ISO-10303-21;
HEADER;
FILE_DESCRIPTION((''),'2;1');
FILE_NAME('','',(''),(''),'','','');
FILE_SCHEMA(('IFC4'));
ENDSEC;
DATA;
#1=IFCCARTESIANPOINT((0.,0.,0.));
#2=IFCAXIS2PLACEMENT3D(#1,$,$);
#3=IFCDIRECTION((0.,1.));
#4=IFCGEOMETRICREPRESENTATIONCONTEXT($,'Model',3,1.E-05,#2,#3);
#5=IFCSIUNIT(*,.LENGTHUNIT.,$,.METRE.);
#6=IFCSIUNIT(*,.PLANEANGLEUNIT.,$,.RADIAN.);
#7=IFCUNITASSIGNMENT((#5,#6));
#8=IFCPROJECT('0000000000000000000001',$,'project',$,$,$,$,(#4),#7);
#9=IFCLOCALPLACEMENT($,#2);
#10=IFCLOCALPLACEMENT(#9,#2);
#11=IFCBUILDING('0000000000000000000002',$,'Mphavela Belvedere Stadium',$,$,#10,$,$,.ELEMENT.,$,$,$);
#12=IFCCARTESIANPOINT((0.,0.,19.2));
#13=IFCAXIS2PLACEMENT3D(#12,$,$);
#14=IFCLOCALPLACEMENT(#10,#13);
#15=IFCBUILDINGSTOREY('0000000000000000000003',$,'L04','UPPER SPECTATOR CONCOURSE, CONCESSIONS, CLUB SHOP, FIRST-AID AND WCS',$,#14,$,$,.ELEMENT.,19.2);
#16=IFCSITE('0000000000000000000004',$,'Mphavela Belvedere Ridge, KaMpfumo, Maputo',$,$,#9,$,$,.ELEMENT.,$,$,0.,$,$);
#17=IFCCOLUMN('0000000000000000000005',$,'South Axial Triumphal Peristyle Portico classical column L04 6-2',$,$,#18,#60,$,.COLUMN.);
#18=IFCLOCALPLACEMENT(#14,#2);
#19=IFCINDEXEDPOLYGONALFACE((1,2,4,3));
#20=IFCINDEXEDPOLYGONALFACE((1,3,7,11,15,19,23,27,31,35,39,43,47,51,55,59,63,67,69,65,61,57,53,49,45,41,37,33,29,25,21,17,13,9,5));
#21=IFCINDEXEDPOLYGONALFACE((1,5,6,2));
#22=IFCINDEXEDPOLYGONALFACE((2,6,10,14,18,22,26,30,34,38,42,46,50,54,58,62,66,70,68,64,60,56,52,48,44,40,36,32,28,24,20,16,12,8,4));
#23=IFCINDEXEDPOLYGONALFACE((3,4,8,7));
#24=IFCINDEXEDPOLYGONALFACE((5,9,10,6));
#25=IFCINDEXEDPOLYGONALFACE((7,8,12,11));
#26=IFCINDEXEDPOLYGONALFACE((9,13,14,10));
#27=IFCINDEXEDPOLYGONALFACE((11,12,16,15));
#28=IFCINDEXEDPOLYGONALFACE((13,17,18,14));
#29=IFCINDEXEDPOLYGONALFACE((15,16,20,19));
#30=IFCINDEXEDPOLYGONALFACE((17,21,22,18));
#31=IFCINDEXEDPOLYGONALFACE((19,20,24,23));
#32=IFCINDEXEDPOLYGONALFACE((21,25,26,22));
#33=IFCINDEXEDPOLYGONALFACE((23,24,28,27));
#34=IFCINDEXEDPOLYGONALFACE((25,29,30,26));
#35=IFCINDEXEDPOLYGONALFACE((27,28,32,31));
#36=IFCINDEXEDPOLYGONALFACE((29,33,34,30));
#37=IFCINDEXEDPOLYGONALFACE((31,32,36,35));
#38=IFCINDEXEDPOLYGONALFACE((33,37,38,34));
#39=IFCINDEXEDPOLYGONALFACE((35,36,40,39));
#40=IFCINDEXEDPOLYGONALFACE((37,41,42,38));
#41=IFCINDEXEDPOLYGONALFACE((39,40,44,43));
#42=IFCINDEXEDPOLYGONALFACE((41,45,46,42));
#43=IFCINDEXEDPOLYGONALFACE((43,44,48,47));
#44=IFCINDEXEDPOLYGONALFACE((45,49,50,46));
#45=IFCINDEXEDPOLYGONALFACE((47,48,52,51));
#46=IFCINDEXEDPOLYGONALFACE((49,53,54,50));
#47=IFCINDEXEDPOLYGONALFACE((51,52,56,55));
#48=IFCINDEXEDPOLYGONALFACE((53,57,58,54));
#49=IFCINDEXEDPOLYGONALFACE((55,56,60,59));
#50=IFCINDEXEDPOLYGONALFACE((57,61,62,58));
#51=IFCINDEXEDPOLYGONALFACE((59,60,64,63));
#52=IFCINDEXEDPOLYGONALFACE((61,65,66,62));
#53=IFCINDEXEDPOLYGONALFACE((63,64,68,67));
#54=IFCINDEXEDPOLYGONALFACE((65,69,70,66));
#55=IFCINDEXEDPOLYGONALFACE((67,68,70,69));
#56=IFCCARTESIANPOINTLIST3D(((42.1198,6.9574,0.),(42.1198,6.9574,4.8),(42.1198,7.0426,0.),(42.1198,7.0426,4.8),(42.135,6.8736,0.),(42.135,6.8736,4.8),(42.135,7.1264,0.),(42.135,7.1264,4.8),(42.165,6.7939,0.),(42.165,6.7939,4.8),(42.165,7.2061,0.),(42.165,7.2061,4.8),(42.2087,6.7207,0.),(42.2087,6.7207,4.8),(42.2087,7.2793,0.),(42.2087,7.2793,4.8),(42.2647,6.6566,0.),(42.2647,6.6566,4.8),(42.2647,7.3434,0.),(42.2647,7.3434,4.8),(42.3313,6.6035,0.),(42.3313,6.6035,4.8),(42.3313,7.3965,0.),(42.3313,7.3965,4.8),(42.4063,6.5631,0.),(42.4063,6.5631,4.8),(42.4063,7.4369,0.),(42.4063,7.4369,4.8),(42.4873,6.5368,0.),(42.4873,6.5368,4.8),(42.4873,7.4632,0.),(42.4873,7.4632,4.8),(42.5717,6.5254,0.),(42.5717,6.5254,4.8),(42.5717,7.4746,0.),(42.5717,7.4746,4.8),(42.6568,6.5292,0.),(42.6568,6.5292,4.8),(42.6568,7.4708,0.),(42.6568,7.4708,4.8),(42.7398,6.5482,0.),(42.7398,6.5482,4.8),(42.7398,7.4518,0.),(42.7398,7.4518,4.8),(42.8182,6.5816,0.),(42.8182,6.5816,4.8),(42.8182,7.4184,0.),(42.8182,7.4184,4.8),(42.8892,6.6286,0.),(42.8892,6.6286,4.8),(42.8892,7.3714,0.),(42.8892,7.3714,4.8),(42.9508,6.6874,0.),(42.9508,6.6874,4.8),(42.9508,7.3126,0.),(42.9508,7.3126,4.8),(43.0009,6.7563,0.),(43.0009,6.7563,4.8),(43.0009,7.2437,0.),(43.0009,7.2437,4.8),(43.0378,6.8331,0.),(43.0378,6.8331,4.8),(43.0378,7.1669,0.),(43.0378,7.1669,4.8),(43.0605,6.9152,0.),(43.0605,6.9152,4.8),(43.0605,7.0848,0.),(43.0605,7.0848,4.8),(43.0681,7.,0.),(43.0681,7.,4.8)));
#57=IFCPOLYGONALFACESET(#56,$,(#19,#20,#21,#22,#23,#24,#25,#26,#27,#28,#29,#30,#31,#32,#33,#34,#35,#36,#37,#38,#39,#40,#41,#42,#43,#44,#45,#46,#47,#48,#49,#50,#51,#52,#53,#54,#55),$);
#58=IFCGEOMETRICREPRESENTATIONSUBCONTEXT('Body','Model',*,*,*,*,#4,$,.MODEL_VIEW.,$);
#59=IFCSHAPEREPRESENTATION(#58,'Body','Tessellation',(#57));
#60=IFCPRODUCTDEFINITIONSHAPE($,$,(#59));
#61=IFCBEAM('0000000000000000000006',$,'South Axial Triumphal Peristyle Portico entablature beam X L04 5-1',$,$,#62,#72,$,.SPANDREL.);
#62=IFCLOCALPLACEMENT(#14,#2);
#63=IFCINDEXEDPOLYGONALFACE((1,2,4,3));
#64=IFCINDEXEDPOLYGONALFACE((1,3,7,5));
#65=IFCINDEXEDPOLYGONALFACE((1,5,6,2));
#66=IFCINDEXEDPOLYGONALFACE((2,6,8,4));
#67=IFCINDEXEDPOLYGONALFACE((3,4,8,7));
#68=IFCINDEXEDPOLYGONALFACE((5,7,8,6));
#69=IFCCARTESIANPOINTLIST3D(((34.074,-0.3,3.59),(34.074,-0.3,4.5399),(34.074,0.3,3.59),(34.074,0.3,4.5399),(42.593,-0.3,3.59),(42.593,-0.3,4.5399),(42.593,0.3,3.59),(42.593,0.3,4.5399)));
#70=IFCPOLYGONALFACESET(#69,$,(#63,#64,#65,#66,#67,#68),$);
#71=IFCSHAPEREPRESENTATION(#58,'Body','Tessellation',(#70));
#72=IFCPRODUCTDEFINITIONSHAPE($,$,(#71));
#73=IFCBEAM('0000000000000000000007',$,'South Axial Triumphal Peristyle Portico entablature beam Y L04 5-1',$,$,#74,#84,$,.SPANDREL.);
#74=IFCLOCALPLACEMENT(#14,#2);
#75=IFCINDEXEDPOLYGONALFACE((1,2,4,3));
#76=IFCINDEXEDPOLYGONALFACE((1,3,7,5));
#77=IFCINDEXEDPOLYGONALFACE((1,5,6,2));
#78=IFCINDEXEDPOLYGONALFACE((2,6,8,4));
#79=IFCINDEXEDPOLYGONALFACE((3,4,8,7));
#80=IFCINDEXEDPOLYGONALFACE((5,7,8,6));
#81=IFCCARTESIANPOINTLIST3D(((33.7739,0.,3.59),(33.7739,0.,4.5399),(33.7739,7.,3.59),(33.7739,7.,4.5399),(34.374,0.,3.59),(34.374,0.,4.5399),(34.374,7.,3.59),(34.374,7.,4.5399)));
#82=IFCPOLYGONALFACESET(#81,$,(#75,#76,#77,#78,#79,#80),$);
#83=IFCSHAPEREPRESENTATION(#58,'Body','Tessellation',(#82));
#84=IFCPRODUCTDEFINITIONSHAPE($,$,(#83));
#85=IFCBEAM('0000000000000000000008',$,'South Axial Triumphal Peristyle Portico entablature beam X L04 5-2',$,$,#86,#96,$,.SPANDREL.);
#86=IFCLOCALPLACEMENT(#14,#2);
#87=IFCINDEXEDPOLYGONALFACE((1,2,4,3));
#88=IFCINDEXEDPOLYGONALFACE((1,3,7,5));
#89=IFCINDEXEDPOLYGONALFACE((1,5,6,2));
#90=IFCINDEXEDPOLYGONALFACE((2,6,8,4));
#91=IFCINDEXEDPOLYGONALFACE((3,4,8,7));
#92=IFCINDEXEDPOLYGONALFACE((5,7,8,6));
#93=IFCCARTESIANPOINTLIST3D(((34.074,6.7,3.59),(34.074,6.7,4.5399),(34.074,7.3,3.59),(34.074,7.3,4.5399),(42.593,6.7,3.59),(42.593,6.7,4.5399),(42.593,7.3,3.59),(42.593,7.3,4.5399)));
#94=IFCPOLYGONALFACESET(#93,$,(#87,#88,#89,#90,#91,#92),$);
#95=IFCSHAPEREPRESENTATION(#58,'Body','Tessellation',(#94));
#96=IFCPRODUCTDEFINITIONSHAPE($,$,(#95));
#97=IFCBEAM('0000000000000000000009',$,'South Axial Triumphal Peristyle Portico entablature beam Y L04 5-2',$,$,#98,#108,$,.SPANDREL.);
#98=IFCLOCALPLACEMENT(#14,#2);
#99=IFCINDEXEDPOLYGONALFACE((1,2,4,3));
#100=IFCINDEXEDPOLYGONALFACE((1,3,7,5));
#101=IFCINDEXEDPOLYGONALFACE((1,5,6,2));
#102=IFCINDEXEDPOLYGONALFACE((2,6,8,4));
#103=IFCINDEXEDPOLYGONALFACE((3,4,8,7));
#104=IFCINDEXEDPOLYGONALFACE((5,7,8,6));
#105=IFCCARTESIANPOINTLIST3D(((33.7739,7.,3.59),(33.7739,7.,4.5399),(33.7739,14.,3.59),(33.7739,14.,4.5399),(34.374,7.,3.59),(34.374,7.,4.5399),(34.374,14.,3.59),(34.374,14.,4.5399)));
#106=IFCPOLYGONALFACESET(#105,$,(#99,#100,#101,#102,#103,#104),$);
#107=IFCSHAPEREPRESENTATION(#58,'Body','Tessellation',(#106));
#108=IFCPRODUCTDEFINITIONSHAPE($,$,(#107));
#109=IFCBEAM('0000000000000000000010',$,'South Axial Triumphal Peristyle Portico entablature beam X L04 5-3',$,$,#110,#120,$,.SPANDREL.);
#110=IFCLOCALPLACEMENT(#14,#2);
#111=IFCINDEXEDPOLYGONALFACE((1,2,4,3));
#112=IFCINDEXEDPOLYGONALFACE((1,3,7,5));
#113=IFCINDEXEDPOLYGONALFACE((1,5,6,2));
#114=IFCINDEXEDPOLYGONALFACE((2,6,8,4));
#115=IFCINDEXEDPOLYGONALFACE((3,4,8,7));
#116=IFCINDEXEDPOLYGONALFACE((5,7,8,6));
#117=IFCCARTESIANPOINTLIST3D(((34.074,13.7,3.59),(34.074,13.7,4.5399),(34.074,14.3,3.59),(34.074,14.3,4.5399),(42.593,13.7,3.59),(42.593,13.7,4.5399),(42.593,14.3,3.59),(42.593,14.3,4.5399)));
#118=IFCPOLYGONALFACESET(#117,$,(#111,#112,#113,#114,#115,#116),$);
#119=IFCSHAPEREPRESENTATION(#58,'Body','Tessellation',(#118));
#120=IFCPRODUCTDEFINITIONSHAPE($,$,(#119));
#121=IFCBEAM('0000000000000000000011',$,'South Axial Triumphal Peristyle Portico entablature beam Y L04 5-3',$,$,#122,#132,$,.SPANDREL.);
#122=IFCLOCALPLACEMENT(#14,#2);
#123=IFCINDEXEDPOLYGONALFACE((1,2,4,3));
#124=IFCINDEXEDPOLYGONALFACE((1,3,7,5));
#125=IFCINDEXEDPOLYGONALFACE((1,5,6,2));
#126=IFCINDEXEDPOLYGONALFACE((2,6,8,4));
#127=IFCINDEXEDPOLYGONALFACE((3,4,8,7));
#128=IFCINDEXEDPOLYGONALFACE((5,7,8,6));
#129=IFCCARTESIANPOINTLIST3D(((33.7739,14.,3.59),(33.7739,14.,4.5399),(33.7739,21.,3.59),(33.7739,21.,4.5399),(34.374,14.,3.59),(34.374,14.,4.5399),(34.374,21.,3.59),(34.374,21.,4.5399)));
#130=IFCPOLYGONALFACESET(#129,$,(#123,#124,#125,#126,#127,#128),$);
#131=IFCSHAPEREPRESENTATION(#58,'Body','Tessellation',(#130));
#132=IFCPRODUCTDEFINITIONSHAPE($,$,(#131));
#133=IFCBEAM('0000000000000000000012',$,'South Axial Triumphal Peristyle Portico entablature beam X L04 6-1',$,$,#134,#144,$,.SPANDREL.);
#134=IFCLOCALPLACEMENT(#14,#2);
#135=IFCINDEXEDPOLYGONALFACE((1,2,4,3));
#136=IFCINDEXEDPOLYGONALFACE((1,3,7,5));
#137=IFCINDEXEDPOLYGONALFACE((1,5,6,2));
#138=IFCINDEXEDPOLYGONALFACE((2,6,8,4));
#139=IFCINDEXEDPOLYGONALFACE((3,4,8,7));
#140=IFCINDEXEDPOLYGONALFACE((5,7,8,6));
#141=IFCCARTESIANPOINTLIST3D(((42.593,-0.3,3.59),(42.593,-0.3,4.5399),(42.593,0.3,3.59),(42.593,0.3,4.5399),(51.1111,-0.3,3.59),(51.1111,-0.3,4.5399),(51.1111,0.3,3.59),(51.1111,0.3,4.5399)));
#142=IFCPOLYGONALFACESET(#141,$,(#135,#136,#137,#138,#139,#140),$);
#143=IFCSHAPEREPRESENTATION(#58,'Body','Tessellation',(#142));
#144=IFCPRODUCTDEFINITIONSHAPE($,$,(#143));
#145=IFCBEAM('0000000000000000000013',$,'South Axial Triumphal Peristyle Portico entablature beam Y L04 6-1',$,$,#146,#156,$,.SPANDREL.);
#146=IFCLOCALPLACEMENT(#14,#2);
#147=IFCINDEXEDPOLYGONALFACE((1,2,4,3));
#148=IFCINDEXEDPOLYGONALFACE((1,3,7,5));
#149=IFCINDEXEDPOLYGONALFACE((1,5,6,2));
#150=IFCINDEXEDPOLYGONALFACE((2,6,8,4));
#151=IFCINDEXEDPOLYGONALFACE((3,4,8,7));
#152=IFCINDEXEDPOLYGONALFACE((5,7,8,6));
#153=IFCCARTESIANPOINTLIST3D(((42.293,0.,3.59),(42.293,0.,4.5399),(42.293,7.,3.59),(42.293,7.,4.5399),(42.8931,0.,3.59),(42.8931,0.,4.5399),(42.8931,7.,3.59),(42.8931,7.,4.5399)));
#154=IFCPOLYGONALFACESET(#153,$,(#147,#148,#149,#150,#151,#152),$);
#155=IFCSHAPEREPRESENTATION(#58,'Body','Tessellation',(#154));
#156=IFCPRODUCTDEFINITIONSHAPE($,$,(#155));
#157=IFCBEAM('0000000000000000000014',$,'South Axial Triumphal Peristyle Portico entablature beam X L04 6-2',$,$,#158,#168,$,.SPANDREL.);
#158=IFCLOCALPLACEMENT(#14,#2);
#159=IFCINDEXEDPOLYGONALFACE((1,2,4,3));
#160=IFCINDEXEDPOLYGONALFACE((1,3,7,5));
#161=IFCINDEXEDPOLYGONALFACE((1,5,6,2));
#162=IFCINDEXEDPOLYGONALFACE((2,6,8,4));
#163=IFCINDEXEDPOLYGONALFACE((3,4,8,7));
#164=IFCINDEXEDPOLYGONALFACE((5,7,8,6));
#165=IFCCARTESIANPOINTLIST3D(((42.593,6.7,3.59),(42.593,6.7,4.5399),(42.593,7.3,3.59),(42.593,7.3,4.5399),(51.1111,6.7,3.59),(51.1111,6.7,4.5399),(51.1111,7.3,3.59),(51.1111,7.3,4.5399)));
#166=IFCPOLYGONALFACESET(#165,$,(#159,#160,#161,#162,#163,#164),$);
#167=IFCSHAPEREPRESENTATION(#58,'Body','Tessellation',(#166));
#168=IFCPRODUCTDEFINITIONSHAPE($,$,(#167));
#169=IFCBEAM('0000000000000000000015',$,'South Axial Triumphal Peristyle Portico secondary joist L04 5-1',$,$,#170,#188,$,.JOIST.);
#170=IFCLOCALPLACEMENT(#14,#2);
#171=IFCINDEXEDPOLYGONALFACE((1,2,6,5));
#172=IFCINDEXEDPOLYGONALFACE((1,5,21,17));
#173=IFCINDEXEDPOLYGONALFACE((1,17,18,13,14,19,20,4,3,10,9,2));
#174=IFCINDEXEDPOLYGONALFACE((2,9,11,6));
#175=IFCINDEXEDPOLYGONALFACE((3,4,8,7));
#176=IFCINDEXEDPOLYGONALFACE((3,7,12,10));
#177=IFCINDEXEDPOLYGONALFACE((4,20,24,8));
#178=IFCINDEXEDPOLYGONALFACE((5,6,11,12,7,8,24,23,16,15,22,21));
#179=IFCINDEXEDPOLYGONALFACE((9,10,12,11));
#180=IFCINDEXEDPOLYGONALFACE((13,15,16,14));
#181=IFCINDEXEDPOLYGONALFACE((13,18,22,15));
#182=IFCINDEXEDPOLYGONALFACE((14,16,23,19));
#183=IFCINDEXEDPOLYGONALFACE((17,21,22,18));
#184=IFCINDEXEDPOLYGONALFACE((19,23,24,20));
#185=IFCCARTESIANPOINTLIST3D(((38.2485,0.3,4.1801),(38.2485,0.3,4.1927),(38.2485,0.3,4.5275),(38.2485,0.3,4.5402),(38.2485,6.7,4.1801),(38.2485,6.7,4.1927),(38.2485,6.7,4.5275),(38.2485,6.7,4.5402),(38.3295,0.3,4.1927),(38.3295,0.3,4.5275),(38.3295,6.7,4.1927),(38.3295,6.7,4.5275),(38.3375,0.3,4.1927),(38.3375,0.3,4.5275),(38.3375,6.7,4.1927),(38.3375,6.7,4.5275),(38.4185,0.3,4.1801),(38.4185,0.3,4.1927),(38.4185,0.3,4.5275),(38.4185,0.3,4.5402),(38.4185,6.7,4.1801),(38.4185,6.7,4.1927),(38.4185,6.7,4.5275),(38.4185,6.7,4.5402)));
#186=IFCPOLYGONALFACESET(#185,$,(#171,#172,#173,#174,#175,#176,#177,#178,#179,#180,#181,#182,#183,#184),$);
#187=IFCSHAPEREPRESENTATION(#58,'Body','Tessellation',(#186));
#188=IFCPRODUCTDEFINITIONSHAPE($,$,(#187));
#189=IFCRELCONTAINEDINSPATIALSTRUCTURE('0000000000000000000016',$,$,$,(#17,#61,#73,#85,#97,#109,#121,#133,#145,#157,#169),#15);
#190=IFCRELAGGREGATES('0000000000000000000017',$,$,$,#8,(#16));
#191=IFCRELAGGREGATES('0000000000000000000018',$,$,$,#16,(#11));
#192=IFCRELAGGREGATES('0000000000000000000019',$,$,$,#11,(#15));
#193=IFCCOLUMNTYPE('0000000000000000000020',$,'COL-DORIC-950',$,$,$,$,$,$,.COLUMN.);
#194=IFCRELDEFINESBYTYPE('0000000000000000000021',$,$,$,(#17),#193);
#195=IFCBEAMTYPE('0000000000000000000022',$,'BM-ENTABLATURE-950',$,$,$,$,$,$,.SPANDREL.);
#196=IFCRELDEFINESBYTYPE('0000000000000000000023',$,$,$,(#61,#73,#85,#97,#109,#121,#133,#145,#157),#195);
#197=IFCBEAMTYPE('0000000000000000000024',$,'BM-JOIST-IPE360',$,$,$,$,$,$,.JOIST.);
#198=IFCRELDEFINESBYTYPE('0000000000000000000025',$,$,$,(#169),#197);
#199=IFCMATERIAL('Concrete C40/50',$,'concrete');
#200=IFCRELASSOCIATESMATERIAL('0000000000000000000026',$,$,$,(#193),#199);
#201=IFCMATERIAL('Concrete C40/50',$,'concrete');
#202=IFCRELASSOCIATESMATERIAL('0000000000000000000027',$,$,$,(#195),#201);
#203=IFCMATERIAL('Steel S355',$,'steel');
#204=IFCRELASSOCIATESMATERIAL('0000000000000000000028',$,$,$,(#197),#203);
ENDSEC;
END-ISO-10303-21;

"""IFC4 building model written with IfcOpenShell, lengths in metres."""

from ifc_helpers import new_model, si_unit, direction, frame, origin, origin_2d, place, context, subcontext, project, spatial, rectangle, circle, i_section, extrude, material, material_profile, profile_set, type_object, element, save


model = new_model("IFC4")

# Units and contexts
model_context = context("Model", 3, precision=1e-05, world=origin(), true_north=direction((0.0, 1.0)))
body_context = subcontext(model_context, "Body", "Model", "MODEL_VIEW")
ifc_project = project(units=[si_unit("LENGTHUNIT", "METRE"), si_unit("PLANEANGLEUNIT", "RADIAN")], contexts=[model_context])

# Site, building, storey
site_placement = place(None, origin())
site = spatial("IfcSite", under=ifc_project, at=site_placement, Name="Mphavela Belvedere Ridge, KaMpfumo, Maputo", CompositionType="ELEMENT", RefElevation=0.0)
building_placement = place(site_placement, origin())
building = spatial("IfcBuilding", under=site, at=building_placement, Name="Mphavela Belvedere Stadium", CompositionType="ELEMENT")
storey_placement = place(building_placement, frame((0.0, 0.0, 19.2)))
storey = spatial("IfcBuildingStorey", under=building, at=storey_placement, Name="L04", Description="UPPER SPECTATOR CONCOURSE, CONCESSIONS, CLUB SHOP, FIRST-AID AND WCS", CompositionType="ELEMENT", Elevation=19.2)

# Column
ifc_material_1 = material(Name="Concrete C40/50", Category="concrete")
ifc_material_profile_1 = material_profile(ifc_material_1, circle(Radius=0.4751, at=origin_2d()), Name="COL D950")
ifc_profile_set_1 = profile_set([ifc_material_profile_1], Name="Concrete C40/50")
column_type = type_object("IfcColumnType", Name="COL-DORIC-950", PredefinedType="COLUMN", material=ifc_profile_set_1)
for number, where, z_axis, x_axis, name in (
    (1, (42.593, 7.0, 0.0), (0.0, 0.0, 1.0), (1.0, 0.0, 0.0), "South Axial Triumphal Peristyle Portico classical column L04 6-2"),
):
    element("IfcColumn", number, at=place(storey_placement, frame(where, z_axis=z_axis, x_axis=x_axis)), inside=storey, type_object=column_type, Name=name, PredefinedType="COLUMN", context=body_context, shape_type="SweptSolid", body=[
        extrude(circle(Radius=0.4751, at=origin_2d()), origin(), (0.0, 0.0, 1.0), 4.8),
    ])

# Beams
ifc_material_2 = material(Name="Concrete C40/50", Category="concrete")
ifc_material_profile_2 = material_profile(ifc_material_2, rectangle(XDim=0.6001, YDim=0.95, at=origin_2d()), Name="RC 600x950")
ifc_profile_set_2 = profile_set([ifc_material_profile_2], Name="Concrete C40/50")
beam_type_1 = type_object("IfcBeamType", Name="BM-ENTABLATURE-950", PredefinedType="SPANDREL", material=ifc_profile_set_2)
beam_1_placement = place(storey_placement, frame((34.074, 0.0, 4.0649), z_axis=(1.0, 0.0, 0.0), x_axis=(0.0, 1.0, 0.0)))
element("IfcBeam", 2, at=beam_1_placement, inside=storey, type_object=beam_type_1, Name="South Axial Triumphal Peristyle Portico entablature beam X L04 5-1", PredefinedType="SPANDREL", context=body_context, shape_type="SweptSolid", body=[
    extrude(rectangle(XDim=0.6001, YDim=0.95, at=origin_2d()), origin(), (0.0, 0.0, 1.0), 8.519),
])
beam_2_placement = place(storey_placement, frame((34.074, 0.0, 4.0649), z_axis=(0.0, 1.0, 0.0), x_axis=(-1.0, 0.0, 0.0)))
element("IfcBeam", 3, at=beam_2_placement, inside=storey, type_object=beam_type_1, Name="South Axial Triumphal Peristyle Portico entablature beam Y L04 5-1", PredefinedType="SPANDREL", context=body_context, shape_type="SweptSolid", body=[
    extrude(rectangle(XDim=0.6001, YDim=0.95, at=origin_2d()), origin(), (0.0, 0.0, 1.0), 7.0),
])
beam_3_placement = place(storey_placement, frame((34.074, 7.0, 4.0649), z_axis=(1.0, 0.0, 0.0), x_axis=(0.0, 1.0, 0.0)))
element("IfcBeam", 4, at=beam_3_placement, inside=storey, type_object=beam_type_1, Name="South Axial Triumphal Peristyle Portico entablature beam X L04 5-2", PredefinedType="SPANDREL", context=body_context, shape_type="SweptSolid", body=[
    extrude(rectangle(XDim=0.6001, YDim=0.95, at=origin_2d()), origin(), (0.0, 0.0, 1.0), 8.519),
])
beam_4_placement = place(storey_placement, frame((34.074, 7.0, 4.0649), z_axis=(0.0, 1.0, 0.0), x_axis=(-1.0, 0.0, 0.0)))
element("IfcBeam", 5, at=beam_4_placement, inside=storey, type_object=beam_type_1, Name="South Axial Triumphal Peristyle Portico entablature beam Y L04 5-2", PredefinedType="SPANDREL", context=body_context, shape_type="SweptSolid", body=[
    extrude(rectangle(XDim=0.6001, YDim=0.95, at=origin_2d()), origin(), (0.0, 0.0, 1.0), 7.0),
])
beam_5_placement = place(storey_placement, frame((34.074, 14.0, 4.0649), z_axis=(1.0, 0.0, 0.0), x_axis=(0.0, 1.0, 0.0)))
element("IfcBeam", 6, at=beam_5_placement, inside=storey, type_object=beam_type_1, Name="South Axial Triumphal Peristyle Portico entablature beam X L04 5-3", PredefinedType="SPANDREL", context=body_context, shape_type="SweptSolid", body=[
    extrude(rectangle(XDim=0.6001, YDim=0.95, at=origin_2d()), origin(), (0.0, 0.0, 1.0), 8.519),
])
beam_6_placement = place(storey_placement, frame((34.074, 14.0, 4.0649), z_axis=(0.0, 1.0, 0.0), x_axis=(-1.0, 0.0, 0.0)))
element("IfcBeam", 7, at=beam_6_placement, inside=storey, type_object=beam_type_1, Name="South Axial Triumphal Peristyle Portico entablature beam Y L04 5-3", PredefinedType="SPANDREL", context=body_context, shape_type="SweptSolid", body=[
    extrude(rectangle(XDim=0.6001, YDim=0.95, at=origin_2d()), origin(), (0.0, 0.0, 1.0), 7.0),
])
beam_7_placement = place(storey_placement, frame((42.593, 0.0, 4.0649), z_axis=(1.0, 0.0, 0.0), x_axis=(0.0, 1.0, 0.0)))
element("IfcBeam", 8, at=beam_7_placement, inside=storey, type_object=beam_type_1, Name="South Axial Triumphal Peristyle Portico entablature beam X L04 6-1", PredefinedType="SPANDREL", context=body_context, shape_type="SweptSolid", body=[
    extrude(rectangle(XDim=0.6001, YDim=0.95, at=origin_2d()), origin(), (0.0, 0.0, 1.0), 8.5181),
])
beam_8_placement = place(storey_placement, frame((42.593, 0.0, 4.0649), z_axis=(0.0, 1.0, 0.0), x_axis=(-1.0, 0.0, 0.0)))
element("IfcBeam", 9, at=beam_8_placement, inside=storey, type_object=beam_type_1, Name="South Axial Triumphal Peristyle Portico entablature beam Y L04 6-1", PredefinedType="SPANDREL", context=body_context, shape_type="SweptSolid", body=[
    extrude(rectangle(XDim=0.6001, YDim=0.95, at=origin_2d()), origin(), (0.0, 0.0, 1.0), 7.0),
])
beam_9_placement = place(storey_placement, frame((42.593, 7.0, 4.0649), z_axis=(1.0, 0.0, 0.0), x_axis=(0.0, 1.0, 0.0)))
element("IfcBeam", 10, at=beam_9_placement, inside=storey, type_object=beam_type_1, Name="South Axial Triumphal Peristyle Portico entablature beam X L04 6-2", PredefinedType="SPANDREL", context=body_context, shape_type="SweptSolid", body=[
    extrude(rectangle(XDim=0.6001, YDim=0.95, at=origin_2d()), origin(), (0.0, 0.0, 1.0), 8.5181),
])
ifc_material_3 = material(Name="Steel S355", Category="steel")
ifc_material_profile_3 = material_profile(ifc_material_3, i_section(OverallWidth=0.1699, OverallDepth=0.3601, WebThickness=0.0081, FlangeThickness=0.0127, at=origin_2d()), Name="IPE 360")
ifc_profile_set_3 = profile_set([ifc_material_profile_3], Name="Steel S355")
beam_type_2 = type_object("IfcBeamType", Name="BM-JOIST-IPE360", PredefinedType="JOIST", material=ifc_profile_set_3)
for number, where, z_axis, x_axis, name in (
    (11, (38.3335, 0.3, 4.3601), (0.0, 1.0, 0.0), (-1.0, 0.0, 0.0), "South Axial Triumphal Peristyle Portico secondary joist L04 5-1"),
):
    element("IfcBeam", number, at=place(storey_placement, frame(where, z_axis=z_axis, x_axis=x_axis)), inside=storey, type_object=beam_type_2, Name=name, PredefinedType="JOIST", context=body_context, shape_type="SweptSolid", body=[
        extrude(i_section(OverallWidth=0.1699, OverallDepth=0.3601, WebThickness=0.0081, FlangeThickness=0.0127, at=origin_2d()), origin(), (0.0, 0.0, 1.0), 6.3999),
    ])

save(model, "model.ifc")
